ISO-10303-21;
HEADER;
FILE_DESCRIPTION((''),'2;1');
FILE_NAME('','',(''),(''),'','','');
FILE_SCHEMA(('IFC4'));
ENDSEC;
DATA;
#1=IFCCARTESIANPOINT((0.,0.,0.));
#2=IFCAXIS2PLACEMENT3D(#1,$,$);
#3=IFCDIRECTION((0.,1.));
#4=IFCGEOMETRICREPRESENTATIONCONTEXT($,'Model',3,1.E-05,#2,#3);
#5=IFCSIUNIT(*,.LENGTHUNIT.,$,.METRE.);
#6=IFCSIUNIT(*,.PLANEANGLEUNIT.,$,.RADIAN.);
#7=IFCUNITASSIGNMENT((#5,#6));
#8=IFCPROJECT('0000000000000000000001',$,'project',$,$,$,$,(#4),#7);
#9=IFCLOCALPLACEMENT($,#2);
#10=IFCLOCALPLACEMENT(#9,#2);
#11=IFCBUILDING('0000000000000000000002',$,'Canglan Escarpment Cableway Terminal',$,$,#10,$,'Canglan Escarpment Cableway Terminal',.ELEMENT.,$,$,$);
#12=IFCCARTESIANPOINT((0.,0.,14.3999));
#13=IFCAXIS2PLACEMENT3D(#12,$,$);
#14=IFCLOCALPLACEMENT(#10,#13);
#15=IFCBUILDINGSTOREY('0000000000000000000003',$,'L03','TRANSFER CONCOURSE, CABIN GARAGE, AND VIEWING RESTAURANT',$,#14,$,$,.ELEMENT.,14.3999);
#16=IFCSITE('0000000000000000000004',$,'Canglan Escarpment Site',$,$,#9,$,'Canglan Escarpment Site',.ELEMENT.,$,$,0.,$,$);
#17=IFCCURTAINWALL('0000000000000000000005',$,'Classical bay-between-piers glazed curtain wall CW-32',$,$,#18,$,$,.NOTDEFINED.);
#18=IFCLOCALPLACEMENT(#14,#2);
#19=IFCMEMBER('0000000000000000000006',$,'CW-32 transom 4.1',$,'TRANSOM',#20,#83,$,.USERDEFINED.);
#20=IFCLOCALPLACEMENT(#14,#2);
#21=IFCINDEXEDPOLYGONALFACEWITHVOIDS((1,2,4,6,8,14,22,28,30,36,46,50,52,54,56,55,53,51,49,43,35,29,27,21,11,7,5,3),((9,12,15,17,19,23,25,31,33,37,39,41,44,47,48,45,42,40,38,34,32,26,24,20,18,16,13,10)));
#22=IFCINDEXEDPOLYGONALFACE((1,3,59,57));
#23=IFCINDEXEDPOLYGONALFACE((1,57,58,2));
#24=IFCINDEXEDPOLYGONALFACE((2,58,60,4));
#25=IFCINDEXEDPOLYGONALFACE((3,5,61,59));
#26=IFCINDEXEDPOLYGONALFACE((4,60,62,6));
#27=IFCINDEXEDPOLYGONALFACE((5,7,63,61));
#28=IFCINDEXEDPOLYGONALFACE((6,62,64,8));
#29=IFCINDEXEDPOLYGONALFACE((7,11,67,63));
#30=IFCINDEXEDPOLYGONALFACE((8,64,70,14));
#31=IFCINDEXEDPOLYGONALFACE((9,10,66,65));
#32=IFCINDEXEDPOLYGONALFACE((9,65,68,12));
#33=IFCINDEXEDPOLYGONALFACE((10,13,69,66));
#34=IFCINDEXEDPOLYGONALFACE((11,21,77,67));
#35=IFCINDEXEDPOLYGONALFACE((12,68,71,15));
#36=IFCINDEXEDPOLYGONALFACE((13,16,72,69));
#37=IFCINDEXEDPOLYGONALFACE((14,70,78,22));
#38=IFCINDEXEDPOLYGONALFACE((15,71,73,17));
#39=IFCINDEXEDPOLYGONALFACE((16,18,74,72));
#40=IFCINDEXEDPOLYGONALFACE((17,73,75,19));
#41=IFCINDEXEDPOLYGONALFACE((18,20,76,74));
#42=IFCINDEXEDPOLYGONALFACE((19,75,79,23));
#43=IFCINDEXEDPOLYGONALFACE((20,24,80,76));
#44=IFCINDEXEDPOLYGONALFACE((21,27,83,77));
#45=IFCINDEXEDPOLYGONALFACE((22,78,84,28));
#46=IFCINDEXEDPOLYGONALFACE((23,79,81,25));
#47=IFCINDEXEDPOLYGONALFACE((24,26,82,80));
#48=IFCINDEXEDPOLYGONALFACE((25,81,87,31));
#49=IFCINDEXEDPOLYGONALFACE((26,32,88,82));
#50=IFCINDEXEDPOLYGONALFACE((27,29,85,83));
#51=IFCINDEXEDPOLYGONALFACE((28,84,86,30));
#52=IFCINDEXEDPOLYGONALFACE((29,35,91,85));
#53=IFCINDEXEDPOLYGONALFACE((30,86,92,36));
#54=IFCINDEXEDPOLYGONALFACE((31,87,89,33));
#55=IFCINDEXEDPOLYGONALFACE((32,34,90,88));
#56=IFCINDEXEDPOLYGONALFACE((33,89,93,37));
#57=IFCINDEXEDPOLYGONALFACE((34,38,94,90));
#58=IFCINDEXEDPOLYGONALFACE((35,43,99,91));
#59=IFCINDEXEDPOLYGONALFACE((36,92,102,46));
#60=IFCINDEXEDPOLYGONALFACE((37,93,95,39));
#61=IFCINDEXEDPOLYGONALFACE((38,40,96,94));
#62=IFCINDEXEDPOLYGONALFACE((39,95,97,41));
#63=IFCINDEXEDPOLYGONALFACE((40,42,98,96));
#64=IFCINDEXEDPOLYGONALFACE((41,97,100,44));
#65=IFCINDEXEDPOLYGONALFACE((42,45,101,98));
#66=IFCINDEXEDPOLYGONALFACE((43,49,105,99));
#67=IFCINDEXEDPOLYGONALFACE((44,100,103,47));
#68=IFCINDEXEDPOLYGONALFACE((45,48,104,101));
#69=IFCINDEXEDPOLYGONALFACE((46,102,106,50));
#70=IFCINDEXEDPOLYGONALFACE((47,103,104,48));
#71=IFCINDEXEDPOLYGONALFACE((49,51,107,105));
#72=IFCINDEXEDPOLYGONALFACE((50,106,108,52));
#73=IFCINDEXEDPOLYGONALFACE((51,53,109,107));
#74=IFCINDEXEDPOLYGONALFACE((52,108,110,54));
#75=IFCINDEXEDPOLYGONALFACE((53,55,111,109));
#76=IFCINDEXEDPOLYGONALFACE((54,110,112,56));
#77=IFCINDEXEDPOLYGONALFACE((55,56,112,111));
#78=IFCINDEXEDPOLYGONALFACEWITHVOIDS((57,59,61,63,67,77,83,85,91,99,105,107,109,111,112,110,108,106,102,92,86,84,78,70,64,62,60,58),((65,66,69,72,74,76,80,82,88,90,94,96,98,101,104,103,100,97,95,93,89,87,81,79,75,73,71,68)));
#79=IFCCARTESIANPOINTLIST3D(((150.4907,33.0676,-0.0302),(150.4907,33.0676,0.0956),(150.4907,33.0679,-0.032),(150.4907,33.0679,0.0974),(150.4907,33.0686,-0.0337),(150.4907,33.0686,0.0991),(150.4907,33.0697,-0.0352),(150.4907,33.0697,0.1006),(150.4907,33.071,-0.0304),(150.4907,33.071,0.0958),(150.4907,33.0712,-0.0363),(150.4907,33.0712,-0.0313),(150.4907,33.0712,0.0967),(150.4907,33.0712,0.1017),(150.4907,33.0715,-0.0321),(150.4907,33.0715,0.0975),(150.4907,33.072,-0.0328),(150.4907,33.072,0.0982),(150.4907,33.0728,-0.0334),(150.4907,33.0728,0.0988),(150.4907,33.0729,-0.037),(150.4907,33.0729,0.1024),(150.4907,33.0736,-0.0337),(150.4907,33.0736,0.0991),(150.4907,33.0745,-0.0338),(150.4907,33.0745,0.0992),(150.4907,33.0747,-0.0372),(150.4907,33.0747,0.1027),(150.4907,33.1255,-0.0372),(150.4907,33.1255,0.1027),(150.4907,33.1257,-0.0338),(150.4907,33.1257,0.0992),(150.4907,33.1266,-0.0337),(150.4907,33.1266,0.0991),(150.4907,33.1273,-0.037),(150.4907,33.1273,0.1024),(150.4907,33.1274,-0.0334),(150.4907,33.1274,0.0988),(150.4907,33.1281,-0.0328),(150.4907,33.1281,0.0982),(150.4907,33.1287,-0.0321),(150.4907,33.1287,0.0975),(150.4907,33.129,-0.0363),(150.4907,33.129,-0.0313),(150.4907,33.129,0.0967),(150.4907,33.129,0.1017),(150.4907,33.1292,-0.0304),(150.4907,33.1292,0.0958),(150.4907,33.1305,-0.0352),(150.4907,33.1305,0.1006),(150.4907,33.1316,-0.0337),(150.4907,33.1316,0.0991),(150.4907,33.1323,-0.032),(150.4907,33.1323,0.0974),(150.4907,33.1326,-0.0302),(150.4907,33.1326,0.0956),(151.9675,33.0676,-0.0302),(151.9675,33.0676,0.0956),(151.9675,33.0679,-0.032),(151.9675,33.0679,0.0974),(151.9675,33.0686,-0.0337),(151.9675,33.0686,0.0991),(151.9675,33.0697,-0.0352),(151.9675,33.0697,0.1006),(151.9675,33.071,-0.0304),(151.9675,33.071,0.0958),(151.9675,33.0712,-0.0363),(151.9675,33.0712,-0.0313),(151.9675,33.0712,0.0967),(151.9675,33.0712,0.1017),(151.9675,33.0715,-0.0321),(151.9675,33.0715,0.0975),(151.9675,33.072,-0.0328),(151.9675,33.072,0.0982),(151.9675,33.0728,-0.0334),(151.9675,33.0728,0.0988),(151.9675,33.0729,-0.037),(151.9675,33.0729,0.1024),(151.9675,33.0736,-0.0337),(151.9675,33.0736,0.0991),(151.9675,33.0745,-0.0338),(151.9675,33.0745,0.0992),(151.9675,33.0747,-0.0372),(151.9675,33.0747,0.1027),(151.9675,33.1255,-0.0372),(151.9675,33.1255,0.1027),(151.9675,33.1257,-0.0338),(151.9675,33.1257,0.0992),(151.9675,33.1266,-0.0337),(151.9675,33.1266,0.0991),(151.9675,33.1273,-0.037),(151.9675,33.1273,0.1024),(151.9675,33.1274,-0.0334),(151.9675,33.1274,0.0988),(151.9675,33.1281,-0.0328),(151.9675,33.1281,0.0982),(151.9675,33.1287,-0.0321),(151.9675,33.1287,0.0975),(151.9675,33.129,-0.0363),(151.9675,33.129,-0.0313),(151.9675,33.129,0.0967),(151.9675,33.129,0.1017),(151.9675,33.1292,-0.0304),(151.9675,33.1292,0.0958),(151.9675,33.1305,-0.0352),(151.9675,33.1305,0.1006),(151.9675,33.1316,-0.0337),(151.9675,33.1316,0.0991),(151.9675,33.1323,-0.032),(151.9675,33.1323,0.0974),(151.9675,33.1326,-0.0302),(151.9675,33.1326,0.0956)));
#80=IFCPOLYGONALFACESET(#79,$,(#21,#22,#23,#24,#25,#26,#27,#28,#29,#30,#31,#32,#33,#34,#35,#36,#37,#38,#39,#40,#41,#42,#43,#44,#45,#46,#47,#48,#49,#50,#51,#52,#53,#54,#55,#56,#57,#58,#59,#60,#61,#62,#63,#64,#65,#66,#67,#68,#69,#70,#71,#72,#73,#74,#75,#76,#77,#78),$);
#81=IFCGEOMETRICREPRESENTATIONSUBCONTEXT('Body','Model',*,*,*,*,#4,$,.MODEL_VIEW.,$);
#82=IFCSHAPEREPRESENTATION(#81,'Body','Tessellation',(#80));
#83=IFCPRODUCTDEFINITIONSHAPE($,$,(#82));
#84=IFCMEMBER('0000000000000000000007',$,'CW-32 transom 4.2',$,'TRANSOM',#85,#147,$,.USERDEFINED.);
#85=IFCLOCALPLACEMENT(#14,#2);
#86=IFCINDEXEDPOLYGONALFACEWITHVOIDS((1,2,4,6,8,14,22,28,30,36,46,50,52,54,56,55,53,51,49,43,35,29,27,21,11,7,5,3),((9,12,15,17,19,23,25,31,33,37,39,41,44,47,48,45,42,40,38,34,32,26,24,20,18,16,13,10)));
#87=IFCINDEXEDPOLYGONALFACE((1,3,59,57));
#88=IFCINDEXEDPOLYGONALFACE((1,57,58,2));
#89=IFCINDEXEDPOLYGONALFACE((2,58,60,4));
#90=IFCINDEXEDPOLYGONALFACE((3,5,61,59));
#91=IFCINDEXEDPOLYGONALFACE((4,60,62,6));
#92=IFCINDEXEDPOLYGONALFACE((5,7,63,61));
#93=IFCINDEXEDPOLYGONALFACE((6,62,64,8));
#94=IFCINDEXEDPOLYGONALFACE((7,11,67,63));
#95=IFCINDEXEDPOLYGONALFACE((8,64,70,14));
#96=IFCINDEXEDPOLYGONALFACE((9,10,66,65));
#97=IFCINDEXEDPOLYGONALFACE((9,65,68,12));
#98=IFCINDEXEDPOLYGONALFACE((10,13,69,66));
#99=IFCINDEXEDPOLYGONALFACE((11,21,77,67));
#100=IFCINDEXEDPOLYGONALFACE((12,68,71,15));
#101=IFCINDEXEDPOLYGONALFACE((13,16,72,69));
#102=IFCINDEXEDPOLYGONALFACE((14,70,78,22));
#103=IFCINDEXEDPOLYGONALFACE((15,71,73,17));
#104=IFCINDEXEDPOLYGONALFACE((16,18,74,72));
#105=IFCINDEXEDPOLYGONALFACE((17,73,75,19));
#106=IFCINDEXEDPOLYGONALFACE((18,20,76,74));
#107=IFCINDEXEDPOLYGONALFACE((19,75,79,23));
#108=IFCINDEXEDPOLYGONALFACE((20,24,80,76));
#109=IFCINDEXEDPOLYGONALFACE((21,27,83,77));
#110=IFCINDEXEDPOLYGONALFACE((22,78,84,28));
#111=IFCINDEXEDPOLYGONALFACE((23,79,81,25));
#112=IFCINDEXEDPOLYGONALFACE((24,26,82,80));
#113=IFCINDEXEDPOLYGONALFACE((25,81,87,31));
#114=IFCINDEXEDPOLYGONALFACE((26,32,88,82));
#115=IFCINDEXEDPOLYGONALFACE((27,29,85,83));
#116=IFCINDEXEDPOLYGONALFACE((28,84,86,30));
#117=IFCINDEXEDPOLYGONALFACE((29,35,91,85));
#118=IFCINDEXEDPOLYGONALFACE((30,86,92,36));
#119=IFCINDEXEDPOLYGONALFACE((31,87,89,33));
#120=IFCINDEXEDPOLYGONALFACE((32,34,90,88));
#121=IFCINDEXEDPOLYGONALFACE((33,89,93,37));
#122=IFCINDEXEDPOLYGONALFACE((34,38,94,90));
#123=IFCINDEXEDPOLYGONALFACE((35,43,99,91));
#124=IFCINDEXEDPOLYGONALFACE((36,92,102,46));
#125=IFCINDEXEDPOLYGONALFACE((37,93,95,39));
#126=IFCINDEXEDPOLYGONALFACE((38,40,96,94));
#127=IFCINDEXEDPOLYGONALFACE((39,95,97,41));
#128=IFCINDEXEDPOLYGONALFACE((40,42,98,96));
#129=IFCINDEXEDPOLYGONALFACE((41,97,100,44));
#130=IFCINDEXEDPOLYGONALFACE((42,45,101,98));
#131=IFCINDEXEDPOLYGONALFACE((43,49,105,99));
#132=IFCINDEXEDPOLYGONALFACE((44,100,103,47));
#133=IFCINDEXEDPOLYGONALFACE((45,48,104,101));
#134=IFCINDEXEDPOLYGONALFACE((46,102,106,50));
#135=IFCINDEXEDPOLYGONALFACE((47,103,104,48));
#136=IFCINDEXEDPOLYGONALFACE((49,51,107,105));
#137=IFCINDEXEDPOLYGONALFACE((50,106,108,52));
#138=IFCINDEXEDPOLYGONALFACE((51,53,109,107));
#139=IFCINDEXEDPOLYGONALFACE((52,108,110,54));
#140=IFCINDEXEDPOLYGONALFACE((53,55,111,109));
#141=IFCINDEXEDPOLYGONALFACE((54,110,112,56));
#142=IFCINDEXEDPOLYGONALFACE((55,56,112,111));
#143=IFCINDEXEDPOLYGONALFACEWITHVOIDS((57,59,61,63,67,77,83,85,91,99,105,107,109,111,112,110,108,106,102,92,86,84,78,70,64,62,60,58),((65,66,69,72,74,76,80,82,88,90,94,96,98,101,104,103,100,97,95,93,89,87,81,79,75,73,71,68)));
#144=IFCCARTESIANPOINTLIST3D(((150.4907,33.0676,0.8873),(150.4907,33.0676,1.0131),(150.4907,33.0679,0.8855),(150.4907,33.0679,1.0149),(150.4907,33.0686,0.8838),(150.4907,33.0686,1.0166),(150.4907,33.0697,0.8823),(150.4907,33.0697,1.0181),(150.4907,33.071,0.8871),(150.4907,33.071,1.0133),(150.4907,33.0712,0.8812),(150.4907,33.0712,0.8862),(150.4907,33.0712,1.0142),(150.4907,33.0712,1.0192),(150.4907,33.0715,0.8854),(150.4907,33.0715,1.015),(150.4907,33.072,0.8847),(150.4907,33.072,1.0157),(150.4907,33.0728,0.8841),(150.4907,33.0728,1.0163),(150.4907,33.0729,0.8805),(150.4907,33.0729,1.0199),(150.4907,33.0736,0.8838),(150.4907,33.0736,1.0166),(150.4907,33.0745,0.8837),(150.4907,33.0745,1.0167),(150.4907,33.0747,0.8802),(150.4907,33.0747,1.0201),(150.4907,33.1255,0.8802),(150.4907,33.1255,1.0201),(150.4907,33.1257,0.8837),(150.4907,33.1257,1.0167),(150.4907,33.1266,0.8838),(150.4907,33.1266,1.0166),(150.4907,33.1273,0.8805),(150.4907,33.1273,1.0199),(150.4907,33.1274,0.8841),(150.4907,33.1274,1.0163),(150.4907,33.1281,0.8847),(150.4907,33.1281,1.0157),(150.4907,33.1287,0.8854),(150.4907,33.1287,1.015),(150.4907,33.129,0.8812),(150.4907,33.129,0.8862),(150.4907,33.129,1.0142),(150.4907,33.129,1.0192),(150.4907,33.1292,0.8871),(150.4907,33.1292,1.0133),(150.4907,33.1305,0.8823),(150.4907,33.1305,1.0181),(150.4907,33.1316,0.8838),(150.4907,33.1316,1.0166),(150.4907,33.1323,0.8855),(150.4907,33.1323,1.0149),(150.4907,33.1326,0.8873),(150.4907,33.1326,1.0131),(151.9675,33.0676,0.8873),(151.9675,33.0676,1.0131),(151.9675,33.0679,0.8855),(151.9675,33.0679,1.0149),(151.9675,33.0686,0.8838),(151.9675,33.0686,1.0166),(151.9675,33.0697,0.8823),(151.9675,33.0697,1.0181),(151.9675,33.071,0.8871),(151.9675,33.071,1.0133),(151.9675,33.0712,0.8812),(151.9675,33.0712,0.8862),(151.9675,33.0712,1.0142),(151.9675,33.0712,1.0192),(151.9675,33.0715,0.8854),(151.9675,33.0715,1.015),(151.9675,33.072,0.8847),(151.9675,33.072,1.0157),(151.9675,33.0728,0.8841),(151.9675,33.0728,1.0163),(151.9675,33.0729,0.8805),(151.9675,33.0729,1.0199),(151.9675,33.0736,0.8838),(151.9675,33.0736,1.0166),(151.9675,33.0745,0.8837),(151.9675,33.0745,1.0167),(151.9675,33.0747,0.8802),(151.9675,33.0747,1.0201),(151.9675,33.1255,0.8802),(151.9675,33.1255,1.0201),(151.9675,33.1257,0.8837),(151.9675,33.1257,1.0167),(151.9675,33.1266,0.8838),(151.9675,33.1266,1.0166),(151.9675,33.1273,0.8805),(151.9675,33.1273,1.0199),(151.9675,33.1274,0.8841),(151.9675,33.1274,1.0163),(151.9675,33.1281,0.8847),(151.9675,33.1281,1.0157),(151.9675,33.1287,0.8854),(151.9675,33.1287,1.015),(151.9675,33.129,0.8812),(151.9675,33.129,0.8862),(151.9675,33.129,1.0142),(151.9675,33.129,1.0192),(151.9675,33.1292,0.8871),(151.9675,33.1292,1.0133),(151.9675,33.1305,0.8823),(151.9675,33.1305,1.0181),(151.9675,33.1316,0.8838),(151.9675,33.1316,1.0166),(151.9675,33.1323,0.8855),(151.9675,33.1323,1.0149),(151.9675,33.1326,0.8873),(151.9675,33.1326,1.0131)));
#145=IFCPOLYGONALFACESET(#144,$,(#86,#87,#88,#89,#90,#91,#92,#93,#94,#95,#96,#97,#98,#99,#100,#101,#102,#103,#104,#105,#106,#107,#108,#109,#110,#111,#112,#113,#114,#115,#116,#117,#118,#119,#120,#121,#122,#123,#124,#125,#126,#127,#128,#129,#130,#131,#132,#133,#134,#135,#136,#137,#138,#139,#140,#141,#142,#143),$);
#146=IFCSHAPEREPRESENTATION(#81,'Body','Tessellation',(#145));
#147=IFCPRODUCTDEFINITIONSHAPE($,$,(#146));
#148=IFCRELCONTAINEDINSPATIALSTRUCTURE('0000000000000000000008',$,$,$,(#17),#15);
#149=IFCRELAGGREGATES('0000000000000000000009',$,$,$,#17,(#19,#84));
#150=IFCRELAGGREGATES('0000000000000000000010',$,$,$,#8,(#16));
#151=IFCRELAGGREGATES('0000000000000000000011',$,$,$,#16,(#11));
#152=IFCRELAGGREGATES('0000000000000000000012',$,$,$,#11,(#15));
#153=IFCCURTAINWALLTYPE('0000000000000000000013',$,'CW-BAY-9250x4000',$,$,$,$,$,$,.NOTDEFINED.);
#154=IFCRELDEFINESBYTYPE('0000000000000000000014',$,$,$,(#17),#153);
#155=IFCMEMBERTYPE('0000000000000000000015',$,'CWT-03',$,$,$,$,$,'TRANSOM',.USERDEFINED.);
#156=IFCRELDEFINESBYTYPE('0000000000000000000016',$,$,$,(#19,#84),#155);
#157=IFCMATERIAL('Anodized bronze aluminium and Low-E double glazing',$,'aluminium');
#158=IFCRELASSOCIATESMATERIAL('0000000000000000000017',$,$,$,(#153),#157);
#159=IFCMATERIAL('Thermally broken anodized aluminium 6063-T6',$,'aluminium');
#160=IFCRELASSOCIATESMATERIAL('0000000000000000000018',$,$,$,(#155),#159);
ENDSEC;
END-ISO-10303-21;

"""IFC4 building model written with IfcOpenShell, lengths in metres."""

from ifc_helpers import new_model, si_unit, direction, frame, origin, origin_2d, place, context, subcontext, project, spatial, hollow_rectangle, extrude, material, material_profile, profile_set, type_object, element, aggregate, save


model = new_model("IFC4")

# Units and contexts
model_context = context("Model", 3, precision=1e-05, world=origin(), true_north=direction((0.0, 1.0)))
body_context = subcontext(model_context, "Body", "Model", "MODEL_VIEW")
ifc_project = project(units=[si_unit("LENGTHUNIT", "METRE"), si_unit("PLANEANGLEUNIT", "RADIAN")], contexts=[model_context])

# Site, building, storey
site_placement = place(None, origin())
site = spatial("IfcSite", under=ifc_project, at=site_placement, Name="Canglan Escarpment Site", LongName="Canglan Escarpment Site", CompositionType="ELEMENT", RefElevation=0.0)
building_placement = place(site_placement, origin())
building = spatial("IfcBuilding", under=site, at=building_placement, Name="Canglan Escarpment Cableway Terminal", LongName="Canglan Escarpment Cableway Terminal", CompositionType="ELEMENT")
storey_placement = place(building_placement, frame((0.0, 0.0, 14.3999)))
storey = spatial("IfcBuildingStorey", under=building, at=storey_placement, Name="L03", Description="TRANSFER CONCOURSE, CABIN GARAGE, AND VIEWING RESTAURANT", CompositionType="ELEMENT", Elevation=14.3999)

# Curtain wall, members
ifc_material_1 = material(Name="Anodized bronze aluminium and Low-E double glazing", Category="aluminium")
curtain_wall_type = type_object("IfcCurtainWallType", Name="CW-BAY-9250x4000", PredefinedType="NOTDEFINED", material=ifc_material_1)
curtain_wall_placement = place(storey_placement, origin())
curtain_wall = element("IfcCurtainWall", 1, at=curtain_wall_placement, inside=storey, type_object=curtain_wall_type, Name="Classical bay-between-piers glazed curtain wall CW-32", PredefinedType="NOTDEFINED")
ifc_material_2 = material(Name="Thermally broken anodized aluminium 6063-T6", Category="aluminium")
ifc_material_profile_1 = material_profile(ifc_material_2, hollow_rectangle(XDim=0.0649, YDim=0.1399, WallThickness=0.0034, InnerFilletRadius=0.0034, OuterFilletRadius=0.0071, at=origin_2d()), Name="ALU-TRAN 65x140x3.5")
ifc_profile_set_1 = profile_set([ifc_material_profile_1], Name="Thermally broken anodized aluminium 6063-T6")
member_type_1 = type_object("IfcMemberType", Name="CWT-03", ElementType="TRANSOM", PredefinedType="USERDEFINED", material=ifc_profile_set_1)
member_1_placement = place(storey_placement, frame((151.9675, 33.1001, 0.0327), z_axis=(-1.0, 0.0, 0.0), x_axis=(0.0, -1.0, 0.0)))
member_1 = element("IfcMember", 2, at=member_1_placement, type_object=member_type_1, Name="CW-32 transom 4.1", ObjectType="TRANSOM", PredefinedType="USERDEFINED", context=body_context, shape_type="SweptSolid", body=[
    extrude(hollow_rectangle(XDim=0.0649, YDim=0.1399, WallThickness=0.0034, InnerFilletRadius=0.0034, OuterFilletRadius=0.0071, at=origin_2d()), origin(), (0.0, 0.0, 1.0), 1.4768),
])
member_2_placement = place(storey_placement, frame((151.9675, 33.1001, 0.9502), z_axis=(-1.0, 0.0, 0.0), x_axis=(0.0, -1.0, 0.0)))
member_2 = element("IfcMember", 3, at=member_2_placement, type_object=member_type_1, Name="CW-32 transom 4.2", ObjectType="TRANSOM", PredefinedType="USERDEFINED", context=body_context, shape_type="SweptSolid", body=[
    extrude(hollow_rectangle(XDim=0.0649, YDim=0.1399, WallThickness=0.0034, InnerFilletRadius=0.0034, OuterFilletRadius=0.0071, at=origin_2d()), origin(), (0.0, 0.0, 1.0), 1.4768),
])
aggregate(curtain_wall, [member_1, member_2])

save(model, "model.ifc")
